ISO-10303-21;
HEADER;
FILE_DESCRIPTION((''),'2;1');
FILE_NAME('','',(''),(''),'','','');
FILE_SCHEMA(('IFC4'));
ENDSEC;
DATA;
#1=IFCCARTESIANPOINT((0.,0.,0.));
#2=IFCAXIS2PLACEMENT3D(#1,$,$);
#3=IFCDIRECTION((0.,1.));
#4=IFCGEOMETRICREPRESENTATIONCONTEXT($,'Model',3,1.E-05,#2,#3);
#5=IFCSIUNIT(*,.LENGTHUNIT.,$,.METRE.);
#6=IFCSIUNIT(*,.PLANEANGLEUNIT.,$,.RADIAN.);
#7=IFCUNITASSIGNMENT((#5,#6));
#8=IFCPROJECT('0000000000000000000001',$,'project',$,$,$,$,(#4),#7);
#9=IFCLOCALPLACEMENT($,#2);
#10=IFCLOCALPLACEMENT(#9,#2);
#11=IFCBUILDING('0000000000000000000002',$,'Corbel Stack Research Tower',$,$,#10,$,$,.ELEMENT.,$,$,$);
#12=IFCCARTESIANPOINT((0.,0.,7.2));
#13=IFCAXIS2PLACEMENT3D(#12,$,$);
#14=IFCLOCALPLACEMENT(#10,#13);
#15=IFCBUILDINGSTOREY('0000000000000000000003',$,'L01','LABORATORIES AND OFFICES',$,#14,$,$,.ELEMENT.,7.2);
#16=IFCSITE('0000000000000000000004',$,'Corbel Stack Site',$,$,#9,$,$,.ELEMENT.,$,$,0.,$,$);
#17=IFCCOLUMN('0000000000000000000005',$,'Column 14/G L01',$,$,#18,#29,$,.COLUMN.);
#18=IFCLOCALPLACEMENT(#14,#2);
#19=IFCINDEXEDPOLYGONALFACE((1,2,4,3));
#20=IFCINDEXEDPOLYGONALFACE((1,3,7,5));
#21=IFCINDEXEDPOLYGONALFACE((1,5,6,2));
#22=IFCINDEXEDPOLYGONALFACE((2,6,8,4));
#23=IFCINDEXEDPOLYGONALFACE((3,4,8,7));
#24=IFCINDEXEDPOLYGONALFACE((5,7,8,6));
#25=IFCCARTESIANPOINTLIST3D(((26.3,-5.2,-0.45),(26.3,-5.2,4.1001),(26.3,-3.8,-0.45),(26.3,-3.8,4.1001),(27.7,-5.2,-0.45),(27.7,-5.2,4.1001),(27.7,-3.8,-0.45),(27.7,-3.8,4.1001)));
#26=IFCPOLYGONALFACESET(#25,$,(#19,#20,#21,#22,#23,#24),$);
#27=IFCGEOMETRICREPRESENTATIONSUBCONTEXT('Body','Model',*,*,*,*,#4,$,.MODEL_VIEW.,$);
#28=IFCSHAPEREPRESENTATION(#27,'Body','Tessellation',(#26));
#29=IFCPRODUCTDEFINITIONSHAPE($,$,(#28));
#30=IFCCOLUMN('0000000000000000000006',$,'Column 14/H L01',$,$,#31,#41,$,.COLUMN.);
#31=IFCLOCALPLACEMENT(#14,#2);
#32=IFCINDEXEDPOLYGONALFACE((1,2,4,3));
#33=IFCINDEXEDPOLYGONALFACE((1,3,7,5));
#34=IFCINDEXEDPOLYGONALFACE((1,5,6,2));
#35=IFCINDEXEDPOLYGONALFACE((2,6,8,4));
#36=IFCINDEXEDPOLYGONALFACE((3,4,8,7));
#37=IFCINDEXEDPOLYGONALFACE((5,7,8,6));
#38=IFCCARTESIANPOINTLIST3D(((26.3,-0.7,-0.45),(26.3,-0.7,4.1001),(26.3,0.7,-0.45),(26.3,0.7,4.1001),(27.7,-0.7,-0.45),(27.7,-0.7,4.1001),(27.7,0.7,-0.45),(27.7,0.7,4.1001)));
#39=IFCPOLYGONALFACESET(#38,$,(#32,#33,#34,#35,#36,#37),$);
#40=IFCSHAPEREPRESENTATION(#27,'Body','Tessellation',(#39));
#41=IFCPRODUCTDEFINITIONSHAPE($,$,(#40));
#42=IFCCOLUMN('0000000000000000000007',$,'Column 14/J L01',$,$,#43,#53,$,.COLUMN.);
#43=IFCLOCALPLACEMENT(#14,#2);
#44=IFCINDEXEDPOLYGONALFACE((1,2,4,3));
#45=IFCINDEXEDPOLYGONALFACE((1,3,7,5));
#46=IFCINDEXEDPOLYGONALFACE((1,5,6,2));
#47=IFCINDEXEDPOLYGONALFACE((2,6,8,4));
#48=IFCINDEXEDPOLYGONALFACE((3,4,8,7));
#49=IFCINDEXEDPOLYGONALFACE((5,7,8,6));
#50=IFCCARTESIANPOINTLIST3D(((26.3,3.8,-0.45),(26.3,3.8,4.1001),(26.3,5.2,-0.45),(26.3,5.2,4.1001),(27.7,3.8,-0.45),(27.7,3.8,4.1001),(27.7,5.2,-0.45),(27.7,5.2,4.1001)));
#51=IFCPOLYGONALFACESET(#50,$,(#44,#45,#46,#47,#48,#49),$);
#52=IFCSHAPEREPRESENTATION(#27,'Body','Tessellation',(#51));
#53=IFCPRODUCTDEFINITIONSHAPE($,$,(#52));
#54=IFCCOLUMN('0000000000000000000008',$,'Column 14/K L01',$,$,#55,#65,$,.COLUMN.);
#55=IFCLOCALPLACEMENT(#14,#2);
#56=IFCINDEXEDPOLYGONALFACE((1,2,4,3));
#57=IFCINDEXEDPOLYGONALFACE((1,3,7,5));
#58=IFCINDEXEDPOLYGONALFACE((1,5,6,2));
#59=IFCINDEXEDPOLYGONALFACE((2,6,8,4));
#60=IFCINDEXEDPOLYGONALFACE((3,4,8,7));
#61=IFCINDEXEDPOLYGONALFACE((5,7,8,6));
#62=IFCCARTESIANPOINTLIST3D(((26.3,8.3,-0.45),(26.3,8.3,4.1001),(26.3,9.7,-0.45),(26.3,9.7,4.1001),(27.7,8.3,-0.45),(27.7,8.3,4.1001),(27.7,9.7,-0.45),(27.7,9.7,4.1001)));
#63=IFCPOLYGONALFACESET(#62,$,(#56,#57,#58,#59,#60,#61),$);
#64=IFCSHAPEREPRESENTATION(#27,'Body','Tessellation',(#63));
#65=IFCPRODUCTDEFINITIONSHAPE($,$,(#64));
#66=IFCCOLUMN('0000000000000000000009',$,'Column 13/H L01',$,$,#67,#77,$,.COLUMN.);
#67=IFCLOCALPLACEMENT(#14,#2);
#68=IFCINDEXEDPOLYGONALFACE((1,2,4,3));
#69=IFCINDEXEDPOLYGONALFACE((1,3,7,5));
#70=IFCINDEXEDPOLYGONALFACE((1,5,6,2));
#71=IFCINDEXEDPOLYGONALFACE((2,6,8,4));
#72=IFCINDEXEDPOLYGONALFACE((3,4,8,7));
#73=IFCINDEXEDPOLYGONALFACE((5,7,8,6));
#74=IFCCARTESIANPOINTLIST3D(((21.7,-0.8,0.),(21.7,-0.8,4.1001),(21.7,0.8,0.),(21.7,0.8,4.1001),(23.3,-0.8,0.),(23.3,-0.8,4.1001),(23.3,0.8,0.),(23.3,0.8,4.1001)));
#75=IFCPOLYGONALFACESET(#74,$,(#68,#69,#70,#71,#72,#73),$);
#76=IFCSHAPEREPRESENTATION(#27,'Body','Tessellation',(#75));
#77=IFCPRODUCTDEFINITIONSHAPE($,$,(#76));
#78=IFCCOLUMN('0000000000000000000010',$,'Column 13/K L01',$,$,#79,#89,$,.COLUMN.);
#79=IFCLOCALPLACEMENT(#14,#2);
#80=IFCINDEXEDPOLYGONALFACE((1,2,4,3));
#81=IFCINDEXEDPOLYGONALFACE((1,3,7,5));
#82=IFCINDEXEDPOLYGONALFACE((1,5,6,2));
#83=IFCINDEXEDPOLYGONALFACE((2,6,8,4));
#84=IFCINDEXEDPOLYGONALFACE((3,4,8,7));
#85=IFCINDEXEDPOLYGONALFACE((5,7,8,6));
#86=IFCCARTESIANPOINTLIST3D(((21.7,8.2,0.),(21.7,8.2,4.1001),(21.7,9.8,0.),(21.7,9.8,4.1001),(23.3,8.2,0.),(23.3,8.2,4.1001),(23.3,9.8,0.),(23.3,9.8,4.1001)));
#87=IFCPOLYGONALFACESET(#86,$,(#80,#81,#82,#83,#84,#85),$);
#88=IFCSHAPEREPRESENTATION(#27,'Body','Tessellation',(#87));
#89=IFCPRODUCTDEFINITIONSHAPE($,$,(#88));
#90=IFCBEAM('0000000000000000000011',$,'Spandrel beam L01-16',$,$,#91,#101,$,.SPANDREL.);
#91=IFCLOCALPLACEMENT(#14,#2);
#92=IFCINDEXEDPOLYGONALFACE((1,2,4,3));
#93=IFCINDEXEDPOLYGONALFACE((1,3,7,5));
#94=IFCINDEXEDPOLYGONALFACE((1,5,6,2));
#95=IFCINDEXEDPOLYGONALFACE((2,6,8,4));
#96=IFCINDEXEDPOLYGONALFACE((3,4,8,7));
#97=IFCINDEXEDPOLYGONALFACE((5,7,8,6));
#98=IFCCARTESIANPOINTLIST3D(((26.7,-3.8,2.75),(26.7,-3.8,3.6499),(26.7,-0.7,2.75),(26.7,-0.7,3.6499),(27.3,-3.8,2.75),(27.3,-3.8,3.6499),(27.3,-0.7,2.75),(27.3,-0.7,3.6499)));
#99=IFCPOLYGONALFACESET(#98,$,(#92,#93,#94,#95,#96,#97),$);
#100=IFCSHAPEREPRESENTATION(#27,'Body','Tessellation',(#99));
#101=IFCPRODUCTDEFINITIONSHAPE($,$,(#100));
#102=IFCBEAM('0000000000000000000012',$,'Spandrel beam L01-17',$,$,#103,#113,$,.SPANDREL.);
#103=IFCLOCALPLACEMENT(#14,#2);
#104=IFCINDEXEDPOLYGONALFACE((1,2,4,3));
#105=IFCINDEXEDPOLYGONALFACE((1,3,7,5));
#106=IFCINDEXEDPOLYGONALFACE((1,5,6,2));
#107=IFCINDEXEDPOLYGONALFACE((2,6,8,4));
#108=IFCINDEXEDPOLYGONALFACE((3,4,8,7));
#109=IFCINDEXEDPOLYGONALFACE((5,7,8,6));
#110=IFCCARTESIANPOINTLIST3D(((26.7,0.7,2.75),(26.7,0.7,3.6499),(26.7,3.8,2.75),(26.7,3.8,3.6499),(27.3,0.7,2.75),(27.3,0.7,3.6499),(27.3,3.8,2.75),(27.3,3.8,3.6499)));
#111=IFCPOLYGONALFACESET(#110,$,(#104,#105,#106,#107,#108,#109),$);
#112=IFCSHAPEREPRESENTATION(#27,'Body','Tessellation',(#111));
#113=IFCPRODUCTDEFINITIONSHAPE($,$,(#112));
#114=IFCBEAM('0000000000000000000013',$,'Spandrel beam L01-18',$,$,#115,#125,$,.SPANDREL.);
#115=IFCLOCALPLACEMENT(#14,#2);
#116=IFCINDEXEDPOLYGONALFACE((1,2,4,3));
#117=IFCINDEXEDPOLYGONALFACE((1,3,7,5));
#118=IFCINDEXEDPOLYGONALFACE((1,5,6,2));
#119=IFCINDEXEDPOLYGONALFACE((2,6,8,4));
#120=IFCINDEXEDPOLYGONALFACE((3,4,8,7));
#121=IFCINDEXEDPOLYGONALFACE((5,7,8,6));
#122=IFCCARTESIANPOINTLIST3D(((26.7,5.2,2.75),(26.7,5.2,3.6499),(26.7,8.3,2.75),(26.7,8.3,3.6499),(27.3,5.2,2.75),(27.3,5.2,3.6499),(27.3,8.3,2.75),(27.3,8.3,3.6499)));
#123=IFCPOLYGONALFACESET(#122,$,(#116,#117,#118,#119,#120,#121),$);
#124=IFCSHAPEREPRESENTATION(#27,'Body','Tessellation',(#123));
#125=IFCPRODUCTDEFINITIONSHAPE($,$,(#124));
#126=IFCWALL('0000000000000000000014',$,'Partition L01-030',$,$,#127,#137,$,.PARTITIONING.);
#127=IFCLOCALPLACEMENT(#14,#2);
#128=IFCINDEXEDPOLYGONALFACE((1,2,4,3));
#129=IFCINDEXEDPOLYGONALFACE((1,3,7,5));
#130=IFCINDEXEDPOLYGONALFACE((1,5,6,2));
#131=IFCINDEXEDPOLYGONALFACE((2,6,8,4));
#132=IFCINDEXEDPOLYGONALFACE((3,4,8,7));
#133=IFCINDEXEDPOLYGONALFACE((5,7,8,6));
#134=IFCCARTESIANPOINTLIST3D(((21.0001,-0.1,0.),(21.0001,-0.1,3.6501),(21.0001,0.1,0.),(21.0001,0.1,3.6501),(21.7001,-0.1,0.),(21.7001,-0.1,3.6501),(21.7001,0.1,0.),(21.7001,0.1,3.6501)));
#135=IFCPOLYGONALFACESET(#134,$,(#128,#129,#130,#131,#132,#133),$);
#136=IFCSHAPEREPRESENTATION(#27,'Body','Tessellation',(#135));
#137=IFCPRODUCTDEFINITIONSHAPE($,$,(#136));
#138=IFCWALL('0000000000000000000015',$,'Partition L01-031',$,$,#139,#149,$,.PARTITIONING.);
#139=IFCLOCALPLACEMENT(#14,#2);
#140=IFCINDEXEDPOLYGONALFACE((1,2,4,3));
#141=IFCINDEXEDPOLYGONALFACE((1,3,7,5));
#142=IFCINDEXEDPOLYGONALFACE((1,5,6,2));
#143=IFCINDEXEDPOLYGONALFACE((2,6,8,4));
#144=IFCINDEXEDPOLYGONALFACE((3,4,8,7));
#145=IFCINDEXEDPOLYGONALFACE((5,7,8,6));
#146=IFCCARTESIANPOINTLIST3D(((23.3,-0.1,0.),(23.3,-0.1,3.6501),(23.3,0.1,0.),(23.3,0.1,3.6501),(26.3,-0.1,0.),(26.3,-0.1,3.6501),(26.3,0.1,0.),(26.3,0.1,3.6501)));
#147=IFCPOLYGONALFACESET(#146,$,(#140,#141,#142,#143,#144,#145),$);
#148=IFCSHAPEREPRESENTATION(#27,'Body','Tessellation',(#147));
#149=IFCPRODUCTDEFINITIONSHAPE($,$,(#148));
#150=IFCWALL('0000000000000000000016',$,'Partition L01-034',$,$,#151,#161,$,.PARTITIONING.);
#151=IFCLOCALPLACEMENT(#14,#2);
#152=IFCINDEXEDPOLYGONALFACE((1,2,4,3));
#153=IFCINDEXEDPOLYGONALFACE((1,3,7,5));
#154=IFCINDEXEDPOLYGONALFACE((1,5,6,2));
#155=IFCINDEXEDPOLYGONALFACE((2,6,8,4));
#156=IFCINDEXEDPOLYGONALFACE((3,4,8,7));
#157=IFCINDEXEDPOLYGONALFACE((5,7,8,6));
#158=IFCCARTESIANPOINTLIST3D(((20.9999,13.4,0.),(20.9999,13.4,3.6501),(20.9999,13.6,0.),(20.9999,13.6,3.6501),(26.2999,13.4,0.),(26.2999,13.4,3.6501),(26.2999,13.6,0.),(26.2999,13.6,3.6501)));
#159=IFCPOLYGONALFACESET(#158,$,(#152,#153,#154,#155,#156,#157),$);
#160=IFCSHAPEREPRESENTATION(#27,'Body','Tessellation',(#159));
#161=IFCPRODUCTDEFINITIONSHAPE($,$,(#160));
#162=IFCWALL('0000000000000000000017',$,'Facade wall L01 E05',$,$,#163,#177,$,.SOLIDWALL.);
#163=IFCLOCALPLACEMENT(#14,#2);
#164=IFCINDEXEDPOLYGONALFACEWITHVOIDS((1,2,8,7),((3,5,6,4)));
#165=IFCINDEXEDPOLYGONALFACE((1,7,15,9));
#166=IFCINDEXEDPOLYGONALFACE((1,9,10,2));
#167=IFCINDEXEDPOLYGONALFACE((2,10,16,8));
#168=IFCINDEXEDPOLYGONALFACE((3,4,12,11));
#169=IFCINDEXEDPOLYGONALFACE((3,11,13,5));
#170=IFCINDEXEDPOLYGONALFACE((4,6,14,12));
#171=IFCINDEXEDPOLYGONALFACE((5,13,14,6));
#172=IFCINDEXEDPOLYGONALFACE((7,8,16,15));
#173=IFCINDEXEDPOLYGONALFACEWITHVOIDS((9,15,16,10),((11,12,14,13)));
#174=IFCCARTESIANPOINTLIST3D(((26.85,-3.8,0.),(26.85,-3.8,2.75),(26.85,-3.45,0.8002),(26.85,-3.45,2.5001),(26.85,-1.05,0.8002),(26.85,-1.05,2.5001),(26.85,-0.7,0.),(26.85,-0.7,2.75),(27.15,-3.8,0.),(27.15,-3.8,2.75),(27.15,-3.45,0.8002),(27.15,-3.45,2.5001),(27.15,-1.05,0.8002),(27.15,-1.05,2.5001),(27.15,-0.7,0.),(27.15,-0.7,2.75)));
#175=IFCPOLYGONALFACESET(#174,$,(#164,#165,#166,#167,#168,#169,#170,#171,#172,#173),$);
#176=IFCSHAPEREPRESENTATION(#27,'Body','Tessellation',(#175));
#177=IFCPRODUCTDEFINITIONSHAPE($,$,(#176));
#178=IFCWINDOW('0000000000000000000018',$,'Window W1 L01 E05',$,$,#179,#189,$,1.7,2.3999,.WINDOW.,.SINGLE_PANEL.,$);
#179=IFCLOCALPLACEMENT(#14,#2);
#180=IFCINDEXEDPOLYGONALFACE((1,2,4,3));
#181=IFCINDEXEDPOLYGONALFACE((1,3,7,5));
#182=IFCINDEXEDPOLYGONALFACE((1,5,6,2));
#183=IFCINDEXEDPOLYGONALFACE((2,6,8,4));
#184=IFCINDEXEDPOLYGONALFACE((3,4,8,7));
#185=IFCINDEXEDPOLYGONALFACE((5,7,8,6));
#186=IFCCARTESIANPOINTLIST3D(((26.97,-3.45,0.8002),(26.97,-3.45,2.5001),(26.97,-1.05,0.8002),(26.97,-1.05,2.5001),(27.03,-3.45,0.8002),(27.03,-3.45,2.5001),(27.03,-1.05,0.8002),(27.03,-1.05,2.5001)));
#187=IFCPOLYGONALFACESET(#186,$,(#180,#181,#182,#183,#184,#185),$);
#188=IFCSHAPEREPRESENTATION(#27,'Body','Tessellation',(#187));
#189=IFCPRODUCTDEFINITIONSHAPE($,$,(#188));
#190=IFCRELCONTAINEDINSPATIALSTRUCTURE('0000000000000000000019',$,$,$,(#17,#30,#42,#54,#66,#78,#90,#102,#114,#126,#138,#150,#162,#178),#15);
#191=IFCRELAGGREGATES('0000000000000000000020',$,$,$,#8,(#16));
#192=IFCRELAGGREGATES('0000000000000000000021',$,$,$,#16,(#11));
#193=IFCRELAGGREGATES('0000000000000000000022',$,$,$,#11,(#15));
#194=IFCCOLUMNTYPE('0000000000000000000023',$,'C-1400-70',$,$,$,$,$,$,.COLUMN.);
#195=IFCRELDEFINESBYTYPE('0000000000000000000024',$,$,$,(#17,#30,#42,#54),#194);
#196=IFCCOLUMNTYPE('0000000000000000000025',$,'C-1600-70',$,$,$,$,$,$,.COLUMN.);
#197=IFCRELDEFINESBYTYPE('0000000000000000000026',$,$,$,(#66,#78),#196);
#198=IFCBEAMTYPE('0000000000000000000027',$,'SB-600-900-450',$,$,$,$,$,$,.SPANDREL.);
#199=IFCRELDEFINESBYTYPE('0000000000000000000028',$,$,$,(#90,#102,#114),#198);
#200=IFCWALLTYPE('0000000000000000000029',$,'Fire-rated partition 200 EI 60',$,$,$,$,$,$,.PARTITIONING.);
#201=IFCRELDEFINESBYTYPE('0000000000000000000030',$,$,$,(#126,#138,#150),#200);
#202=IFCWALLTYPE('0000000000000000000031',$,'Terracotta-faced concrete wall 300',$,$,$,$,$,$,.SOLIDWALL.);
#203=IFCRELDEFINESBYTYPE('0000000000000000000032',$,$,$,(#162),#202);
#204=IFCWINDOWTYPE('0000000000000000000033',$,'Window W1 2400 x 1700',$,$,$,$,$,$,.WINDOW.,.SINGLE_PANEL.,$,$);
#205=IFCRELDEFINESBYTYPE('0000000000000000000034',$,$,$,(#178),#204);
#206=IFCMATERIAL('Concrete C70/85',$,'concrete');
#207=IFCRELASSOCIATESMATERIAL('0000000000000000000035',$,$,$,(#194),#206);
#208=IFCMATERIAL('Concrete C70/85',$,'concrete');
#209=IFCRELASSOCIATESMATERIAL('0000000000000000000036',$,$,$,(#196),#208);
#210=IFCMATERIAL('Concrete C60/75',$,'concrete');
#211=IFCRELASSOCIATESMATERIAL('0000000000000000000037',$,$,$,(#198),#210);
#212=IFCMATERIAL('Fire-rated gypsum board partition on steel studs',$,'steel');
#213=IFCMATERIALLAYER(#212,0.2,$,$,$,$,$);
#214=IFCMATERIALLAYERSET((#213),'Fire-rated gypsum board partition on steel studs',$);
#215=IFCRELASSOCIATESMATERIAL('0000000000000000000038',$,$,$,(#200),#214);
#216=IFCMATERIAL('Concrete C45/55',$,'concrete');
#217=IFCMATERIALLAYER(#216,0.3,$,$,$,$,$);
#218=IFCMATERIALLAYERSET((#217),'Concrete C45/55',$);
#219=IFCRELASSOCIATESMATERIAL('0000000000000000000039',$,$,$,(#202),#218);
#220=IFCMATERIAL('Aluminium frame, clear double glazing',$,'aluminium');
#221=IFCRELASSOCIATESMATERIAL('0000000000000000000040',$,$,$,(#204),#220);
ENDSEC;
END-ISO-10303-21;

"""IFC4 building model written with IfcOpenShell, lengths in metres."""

from ifc_helpers import new_model, si_unit, direction, frame, frame_2d, origin, origin_2d, place, context, subcontext, project, spatial, rectangle, extrude, material, layer, layer_set, material_profile, profile_set, type_object, element, fill, save


model = new_model("IFC4")

# Units and contexts
model_context = context("Model", 3, precision=1e-05, world=origin(), true_north=direction((0.0, 1.0)))
body_context = subcontext(model_context, "Body", "Model", "MODEL_VIEW")
ifc_project = project(units=[si_unit("LENGTHUNIT", "METRE"), si_unit("PLANEANGLEUNIT", "RADIAN")], contexts=[model_context])

# Site, building, storey
site_placement = place(None, origin())
site = spatial("IfcSite", under=ifc_project, at=site_placement, Name="Corbel Stack Site", CompositionType="ELEMENT", RefElevation=0.0)
building_placement = place(site_placement, origin())
building = spatial("IfcBuilding", under=site, at=building_placement, Name="Corbel Stack Research Tower", CompositionType="ELEMENT")
storey_placement = place(building_placement, frame((0.0, 0.0, 7.2)))
storey = spatial("IfcBuildingStorey", under=building, at=storey_placement, Name="L01", Description="LABORATORIES AND OFFICES", CompositionType="ELEMENT", Elevation=7.2)

# Columns
ifc_material_1 = material(Name="Concrete C70/85", Category="concrete")
ifc_material_profile_1 = material_profile(ifc_material_1, rectangle(XDim=1.3999, YDim=1.3999, at=origin_2d()), Name="RC 1400 x 1400")
ifc_profile_set_1 = profile_set([ifc_material_profile_1], Name="Concrete C70/85")
column_type_1 = type_object("IfcColumnType", Name="C-1400-70", PredefinedType="COLUMN", material=ifc_profile_set_1)
for number, where, z_axis, x_axis, name in (
    (1, (27.0, -4.5, -0.45), (0.0, 0.0, 1.0), (1.0, 0.0, 0.0), "Column 14/G L01"),
    (2, (27.0, 0.0, -0.45), (0.0, 0.0, 1.0), (1.0, 0.0, 0.0), "Column 14/H L01"),
    (3, (27.0, 4.5, -0.45), (0.0, 0.0, 1.0), (1.0, 0.0, 0.0), "Column 14/J L01"),
    (4, (27.0, 9.0, -0.45), (0.0, 0.0, 1.0), (1.0, 0.0, 0.0), "Column 14/K L01"),
):
    element("IfcColumn", number, at=place(storey_placement, frame(where, z_axis=z_axis, x_axis=x_axis)), inside=storey, type_object=column_type_1, Name=name, PredefinedType="COLUMN", context=body_context, shape_type="SweptSolid", body=[
        extrude(rectangle(XDim=1.3999, YDim=1.3999, at=origin_2d()), origin(), (0.0, 0.0, 1.0), 4.55),
    ])
ifc_material_2 = material(Name="Concrete C70/85", Category="concrete")
ifc_material_profile_2 = material_profile(ifc_material_2, rectangle(XDim=1.6001, YDim=1.6001, at=origin_2d()), Name="RC 1600 x 1600")
ifc_profile_set_2 = profile_set([ifc_material_profile_2], Name="Concrete C70/85")
column_type_2 = type_object("IfcColumnType", Name="C-1600-70", PredefinedType="COLUMN", material=ifc_profile_set_2)
for number, where, z_axis, x_axis, name in (
    (5, (22.5, 0.0, 0.0), (0.0, 0.0, 1.0), (1.0, 0.0, 0.0), "Column 13/H L01"),
    (6, (22.5, 9.0, 0.0), (0.0, 0.0, 1.0), (1.0, 0.0, 0.0), "Column 13/K L01"),
):
    element("IfcColumn", number, at=place(storey_placement, frame(where, z_axis=z_axis, x_axis=x_axis)), inside=storey, type_object=column_type_2, Name=name, PredefinedType="COLUMN", context=body_context, shape_type="SweptSolid", body=[
        extrude(rectangle(XDim=1.6001, YDim=1.6001, at=origin_2d()), origin(), (0.0, 0.0, 1.0), 4.1001),
    ])

# Beams
ifc_material_3 = material(Name="Concrete C60/75", Category="concrete")
ifc_material_profile_3 = material_profile(ifc_material_3, rectangle(XDim=0.6001, YDim=0.8999, at=origin_2d()), Name="RC 600 x 900")
ifc_profile_set_3 = profile_set([ifc_material_profile_3], Name="Concrete C60/75")
beam_type = type_object("IfcBeamType", Name="SB-600-900-450", PredefinedType="SPANDREL", material=ifc_profile_set_3)
for number, where, z_axis, x_axis, name in (
    (7, (27.0, -3.8, 3.2), (0.0, 1.0, 0.0), (-1.0, 0.0, 0.0), "Spandrel beam L01-16"),
    (8, (27.0, 0.7, 3.2), (0.0, 1.0, 0.0), (-1.0, 0.0, 0.0), "Spandrel beam L01-17"),
    (9, (27.0, 5.2, 3.2), (0.0, 1.0, 0.0), (-1.0, 0.0, 0.0), "Spandrel beam L01-18"),
):
    element("IfcBeam", number, at=place(storey_placement, frame(where, z_axis=z_axis, x_axis=x_axis)), inside=storey, type_object=beam_type, Name=name, PredefinedType="SPANDREL", context=body_context, shape_type="SweptSolid", body=[
        extrude(rectangle(XDim=0.6001, YDim=0.8999, at=origin_2d()), origin(), (0.0, 0.0, 1.0), 3.1001),
    ])

# Walls
ifc_material_4 = material(Name="Fire-rated gypsum board partition on steel studs", Category="steel")
ifc_layer_1 = layer(ifc_material_4, 0.2)
ifc_layer_set_1 = layer_set([ifc_layer_1], Name="Fire-rated gypsum board partition on steel studs")
wall_type_1 = type_object("IfcWallType", Name="Fire-rated partition 200 EI 60", PredefinedType="PARTITIONING", material=ifc_layer_set_1)
wall_1_placement = place(storey_placement, frame((21.0, 0.0, 0.0), z_axis=(0.0, 0.0, 1.0), x_axis=(1.0, 0.0, 0.0)))
element("IfcWall", 10, at=wall_1_placement, inside=storey, type_object=wall_type_1, Name="Partition L01-030", PredefinedType="PARTITIONING", context=body_context, shape_type="SweptSolid", body=[
    extrude(rectangle(XDim=0.7, YDim=0.2, at=frame_2d((0.3501, 0.0))), origin(), (0.0, 0.0, 1.0), 3.6501),
])
wall_2_placement = place(storey_placement, frame((23.3, 0.0, 0.0), z_axis=(0.0, 0.0, 1.0), x_axis=(1.0, 0.0, 0.0)))
element("IfcWall", 11, at=wall_2_placement, inside=storey, type_object=wall_type_1, Name="Partition L01-031", PredefinedType="PARTITIONING", context=body_context, shape_type="SweptSolid", body=[
    extrude(rectangle(XDim=3.0, YDim=0.2, at=frame_2d((1.5, 0.0))), origin(), (0.0, 0.0, 1.0), 3.6501),
])
wall_3_placement = place(storey_placement, frame((21.0, 13.5, 0.0), z_axis=(0.0, 0.0, 1.0), x_axis=(1.0, 0.0, 0.0)))
element("IfcWall", 12, at=wall_3_placement, inside=storey, type_object=wall_type_1, Name="Partition L01-034", PredefinedType="PARTITIONING", context=body_context, shape_type="SweptSolid", body=[
    extrude(rectangle(XDim=5.3, YDim=0.2, at=frame_2d((2.6499, 0.0))), origin(), (0.0, 0.0, 1.0), 3.6501),
])

# Wall, opening, window
ifc_material_5 = material(Name="Concrete C45/55", Category="concrete")
ifc_layer_2 = layer(ifc_material_5, 0.3)
ifc_layer_set_2 = layer_set([ifc_layer_2], Name="Concrete C45/55")
wall_type_2 = type_object("IfcWallType", Name="Terracotta-faced concrete wall 300", PredefinedType="SOLIDWALL", material=ifc_layer_set_2)
wall_4_placement = place(storey_placement, frame((27.0, -0.7, 0.0), z_axis=(0.0, 0.0, 1.0), x_axis=(0.0, -1.0, 0.0)))
wall_4 = element("IfcWall", 13, at=wall_4_placement, inside=storey, type_object=wall_type_2, Name="Facade wall L01 E05", PredefinedType="SOLIDWALL", context=body_context, shape_type="SweptSolid", body=[
    extrude(rectangle(XDim=3.1001, YDim=0.3, at=frame_2d((1.55, 0.0))), origin(), (0.0, 0.0, 1.0), 2.75),
])
opening_1_placement = place(wall_4_placement, frame((0.3501, 0.0, 0.8)))
opening_1 = element("IfcOpeningElement", 14, at=opening_1_placement, cuts=wall_4, PredefinedType="OPENING", context=body_context, shape_type="SweptSolid", body=[
    extrude(rectangle(XDim=2.3999, YDim=1.7, at=frame_2d((1.2, 0.8501))), frame((0.0, 0.1599, 0.0), z_axis=(0.0, -1.0, 0.0), x_axis=(1.0, 0.0, 0.0)), (0.0, 0.0, 1.0), 0.3201),
])
ifc_material_6 = material(Name="Aluminium frame, clear double glazing", Category="aluminium")
window_type = type_object("IfcWindowType", Name="Window W1 2400 x 1700", PartitioningType="SINGLE_PANEL", PredefinedType="WINDOW", material=ifc_material_6)
window_1_placement = place(opening_1_placement, origin())
window_1 = element("IfcWindow", 15, at=window_1_placement, inside=storey, type_object=window_type, Name="Window W1 L01 E05", OverallHeight=1.7, OverallWidth=2.3999, PartitioningType="SINGLE_PANEL", PredefinedType="WINDOW", context=body_context, shape_type="SweptSolid", body=[
    extrude(rectangle(XDim=2.3999, YDim=1.7, at=frame_2d((1.2, 0.8501))), frame((0.0, 0.03, 0.0), z_axis=(0.0, -1.0, 0.0), x_axis=(1.0, 0.0, 0.0)), (0.0, 0.0, 1.0), 0.0601),
])
fill(opening_1, window_1)

save(model, "model.ifc")
